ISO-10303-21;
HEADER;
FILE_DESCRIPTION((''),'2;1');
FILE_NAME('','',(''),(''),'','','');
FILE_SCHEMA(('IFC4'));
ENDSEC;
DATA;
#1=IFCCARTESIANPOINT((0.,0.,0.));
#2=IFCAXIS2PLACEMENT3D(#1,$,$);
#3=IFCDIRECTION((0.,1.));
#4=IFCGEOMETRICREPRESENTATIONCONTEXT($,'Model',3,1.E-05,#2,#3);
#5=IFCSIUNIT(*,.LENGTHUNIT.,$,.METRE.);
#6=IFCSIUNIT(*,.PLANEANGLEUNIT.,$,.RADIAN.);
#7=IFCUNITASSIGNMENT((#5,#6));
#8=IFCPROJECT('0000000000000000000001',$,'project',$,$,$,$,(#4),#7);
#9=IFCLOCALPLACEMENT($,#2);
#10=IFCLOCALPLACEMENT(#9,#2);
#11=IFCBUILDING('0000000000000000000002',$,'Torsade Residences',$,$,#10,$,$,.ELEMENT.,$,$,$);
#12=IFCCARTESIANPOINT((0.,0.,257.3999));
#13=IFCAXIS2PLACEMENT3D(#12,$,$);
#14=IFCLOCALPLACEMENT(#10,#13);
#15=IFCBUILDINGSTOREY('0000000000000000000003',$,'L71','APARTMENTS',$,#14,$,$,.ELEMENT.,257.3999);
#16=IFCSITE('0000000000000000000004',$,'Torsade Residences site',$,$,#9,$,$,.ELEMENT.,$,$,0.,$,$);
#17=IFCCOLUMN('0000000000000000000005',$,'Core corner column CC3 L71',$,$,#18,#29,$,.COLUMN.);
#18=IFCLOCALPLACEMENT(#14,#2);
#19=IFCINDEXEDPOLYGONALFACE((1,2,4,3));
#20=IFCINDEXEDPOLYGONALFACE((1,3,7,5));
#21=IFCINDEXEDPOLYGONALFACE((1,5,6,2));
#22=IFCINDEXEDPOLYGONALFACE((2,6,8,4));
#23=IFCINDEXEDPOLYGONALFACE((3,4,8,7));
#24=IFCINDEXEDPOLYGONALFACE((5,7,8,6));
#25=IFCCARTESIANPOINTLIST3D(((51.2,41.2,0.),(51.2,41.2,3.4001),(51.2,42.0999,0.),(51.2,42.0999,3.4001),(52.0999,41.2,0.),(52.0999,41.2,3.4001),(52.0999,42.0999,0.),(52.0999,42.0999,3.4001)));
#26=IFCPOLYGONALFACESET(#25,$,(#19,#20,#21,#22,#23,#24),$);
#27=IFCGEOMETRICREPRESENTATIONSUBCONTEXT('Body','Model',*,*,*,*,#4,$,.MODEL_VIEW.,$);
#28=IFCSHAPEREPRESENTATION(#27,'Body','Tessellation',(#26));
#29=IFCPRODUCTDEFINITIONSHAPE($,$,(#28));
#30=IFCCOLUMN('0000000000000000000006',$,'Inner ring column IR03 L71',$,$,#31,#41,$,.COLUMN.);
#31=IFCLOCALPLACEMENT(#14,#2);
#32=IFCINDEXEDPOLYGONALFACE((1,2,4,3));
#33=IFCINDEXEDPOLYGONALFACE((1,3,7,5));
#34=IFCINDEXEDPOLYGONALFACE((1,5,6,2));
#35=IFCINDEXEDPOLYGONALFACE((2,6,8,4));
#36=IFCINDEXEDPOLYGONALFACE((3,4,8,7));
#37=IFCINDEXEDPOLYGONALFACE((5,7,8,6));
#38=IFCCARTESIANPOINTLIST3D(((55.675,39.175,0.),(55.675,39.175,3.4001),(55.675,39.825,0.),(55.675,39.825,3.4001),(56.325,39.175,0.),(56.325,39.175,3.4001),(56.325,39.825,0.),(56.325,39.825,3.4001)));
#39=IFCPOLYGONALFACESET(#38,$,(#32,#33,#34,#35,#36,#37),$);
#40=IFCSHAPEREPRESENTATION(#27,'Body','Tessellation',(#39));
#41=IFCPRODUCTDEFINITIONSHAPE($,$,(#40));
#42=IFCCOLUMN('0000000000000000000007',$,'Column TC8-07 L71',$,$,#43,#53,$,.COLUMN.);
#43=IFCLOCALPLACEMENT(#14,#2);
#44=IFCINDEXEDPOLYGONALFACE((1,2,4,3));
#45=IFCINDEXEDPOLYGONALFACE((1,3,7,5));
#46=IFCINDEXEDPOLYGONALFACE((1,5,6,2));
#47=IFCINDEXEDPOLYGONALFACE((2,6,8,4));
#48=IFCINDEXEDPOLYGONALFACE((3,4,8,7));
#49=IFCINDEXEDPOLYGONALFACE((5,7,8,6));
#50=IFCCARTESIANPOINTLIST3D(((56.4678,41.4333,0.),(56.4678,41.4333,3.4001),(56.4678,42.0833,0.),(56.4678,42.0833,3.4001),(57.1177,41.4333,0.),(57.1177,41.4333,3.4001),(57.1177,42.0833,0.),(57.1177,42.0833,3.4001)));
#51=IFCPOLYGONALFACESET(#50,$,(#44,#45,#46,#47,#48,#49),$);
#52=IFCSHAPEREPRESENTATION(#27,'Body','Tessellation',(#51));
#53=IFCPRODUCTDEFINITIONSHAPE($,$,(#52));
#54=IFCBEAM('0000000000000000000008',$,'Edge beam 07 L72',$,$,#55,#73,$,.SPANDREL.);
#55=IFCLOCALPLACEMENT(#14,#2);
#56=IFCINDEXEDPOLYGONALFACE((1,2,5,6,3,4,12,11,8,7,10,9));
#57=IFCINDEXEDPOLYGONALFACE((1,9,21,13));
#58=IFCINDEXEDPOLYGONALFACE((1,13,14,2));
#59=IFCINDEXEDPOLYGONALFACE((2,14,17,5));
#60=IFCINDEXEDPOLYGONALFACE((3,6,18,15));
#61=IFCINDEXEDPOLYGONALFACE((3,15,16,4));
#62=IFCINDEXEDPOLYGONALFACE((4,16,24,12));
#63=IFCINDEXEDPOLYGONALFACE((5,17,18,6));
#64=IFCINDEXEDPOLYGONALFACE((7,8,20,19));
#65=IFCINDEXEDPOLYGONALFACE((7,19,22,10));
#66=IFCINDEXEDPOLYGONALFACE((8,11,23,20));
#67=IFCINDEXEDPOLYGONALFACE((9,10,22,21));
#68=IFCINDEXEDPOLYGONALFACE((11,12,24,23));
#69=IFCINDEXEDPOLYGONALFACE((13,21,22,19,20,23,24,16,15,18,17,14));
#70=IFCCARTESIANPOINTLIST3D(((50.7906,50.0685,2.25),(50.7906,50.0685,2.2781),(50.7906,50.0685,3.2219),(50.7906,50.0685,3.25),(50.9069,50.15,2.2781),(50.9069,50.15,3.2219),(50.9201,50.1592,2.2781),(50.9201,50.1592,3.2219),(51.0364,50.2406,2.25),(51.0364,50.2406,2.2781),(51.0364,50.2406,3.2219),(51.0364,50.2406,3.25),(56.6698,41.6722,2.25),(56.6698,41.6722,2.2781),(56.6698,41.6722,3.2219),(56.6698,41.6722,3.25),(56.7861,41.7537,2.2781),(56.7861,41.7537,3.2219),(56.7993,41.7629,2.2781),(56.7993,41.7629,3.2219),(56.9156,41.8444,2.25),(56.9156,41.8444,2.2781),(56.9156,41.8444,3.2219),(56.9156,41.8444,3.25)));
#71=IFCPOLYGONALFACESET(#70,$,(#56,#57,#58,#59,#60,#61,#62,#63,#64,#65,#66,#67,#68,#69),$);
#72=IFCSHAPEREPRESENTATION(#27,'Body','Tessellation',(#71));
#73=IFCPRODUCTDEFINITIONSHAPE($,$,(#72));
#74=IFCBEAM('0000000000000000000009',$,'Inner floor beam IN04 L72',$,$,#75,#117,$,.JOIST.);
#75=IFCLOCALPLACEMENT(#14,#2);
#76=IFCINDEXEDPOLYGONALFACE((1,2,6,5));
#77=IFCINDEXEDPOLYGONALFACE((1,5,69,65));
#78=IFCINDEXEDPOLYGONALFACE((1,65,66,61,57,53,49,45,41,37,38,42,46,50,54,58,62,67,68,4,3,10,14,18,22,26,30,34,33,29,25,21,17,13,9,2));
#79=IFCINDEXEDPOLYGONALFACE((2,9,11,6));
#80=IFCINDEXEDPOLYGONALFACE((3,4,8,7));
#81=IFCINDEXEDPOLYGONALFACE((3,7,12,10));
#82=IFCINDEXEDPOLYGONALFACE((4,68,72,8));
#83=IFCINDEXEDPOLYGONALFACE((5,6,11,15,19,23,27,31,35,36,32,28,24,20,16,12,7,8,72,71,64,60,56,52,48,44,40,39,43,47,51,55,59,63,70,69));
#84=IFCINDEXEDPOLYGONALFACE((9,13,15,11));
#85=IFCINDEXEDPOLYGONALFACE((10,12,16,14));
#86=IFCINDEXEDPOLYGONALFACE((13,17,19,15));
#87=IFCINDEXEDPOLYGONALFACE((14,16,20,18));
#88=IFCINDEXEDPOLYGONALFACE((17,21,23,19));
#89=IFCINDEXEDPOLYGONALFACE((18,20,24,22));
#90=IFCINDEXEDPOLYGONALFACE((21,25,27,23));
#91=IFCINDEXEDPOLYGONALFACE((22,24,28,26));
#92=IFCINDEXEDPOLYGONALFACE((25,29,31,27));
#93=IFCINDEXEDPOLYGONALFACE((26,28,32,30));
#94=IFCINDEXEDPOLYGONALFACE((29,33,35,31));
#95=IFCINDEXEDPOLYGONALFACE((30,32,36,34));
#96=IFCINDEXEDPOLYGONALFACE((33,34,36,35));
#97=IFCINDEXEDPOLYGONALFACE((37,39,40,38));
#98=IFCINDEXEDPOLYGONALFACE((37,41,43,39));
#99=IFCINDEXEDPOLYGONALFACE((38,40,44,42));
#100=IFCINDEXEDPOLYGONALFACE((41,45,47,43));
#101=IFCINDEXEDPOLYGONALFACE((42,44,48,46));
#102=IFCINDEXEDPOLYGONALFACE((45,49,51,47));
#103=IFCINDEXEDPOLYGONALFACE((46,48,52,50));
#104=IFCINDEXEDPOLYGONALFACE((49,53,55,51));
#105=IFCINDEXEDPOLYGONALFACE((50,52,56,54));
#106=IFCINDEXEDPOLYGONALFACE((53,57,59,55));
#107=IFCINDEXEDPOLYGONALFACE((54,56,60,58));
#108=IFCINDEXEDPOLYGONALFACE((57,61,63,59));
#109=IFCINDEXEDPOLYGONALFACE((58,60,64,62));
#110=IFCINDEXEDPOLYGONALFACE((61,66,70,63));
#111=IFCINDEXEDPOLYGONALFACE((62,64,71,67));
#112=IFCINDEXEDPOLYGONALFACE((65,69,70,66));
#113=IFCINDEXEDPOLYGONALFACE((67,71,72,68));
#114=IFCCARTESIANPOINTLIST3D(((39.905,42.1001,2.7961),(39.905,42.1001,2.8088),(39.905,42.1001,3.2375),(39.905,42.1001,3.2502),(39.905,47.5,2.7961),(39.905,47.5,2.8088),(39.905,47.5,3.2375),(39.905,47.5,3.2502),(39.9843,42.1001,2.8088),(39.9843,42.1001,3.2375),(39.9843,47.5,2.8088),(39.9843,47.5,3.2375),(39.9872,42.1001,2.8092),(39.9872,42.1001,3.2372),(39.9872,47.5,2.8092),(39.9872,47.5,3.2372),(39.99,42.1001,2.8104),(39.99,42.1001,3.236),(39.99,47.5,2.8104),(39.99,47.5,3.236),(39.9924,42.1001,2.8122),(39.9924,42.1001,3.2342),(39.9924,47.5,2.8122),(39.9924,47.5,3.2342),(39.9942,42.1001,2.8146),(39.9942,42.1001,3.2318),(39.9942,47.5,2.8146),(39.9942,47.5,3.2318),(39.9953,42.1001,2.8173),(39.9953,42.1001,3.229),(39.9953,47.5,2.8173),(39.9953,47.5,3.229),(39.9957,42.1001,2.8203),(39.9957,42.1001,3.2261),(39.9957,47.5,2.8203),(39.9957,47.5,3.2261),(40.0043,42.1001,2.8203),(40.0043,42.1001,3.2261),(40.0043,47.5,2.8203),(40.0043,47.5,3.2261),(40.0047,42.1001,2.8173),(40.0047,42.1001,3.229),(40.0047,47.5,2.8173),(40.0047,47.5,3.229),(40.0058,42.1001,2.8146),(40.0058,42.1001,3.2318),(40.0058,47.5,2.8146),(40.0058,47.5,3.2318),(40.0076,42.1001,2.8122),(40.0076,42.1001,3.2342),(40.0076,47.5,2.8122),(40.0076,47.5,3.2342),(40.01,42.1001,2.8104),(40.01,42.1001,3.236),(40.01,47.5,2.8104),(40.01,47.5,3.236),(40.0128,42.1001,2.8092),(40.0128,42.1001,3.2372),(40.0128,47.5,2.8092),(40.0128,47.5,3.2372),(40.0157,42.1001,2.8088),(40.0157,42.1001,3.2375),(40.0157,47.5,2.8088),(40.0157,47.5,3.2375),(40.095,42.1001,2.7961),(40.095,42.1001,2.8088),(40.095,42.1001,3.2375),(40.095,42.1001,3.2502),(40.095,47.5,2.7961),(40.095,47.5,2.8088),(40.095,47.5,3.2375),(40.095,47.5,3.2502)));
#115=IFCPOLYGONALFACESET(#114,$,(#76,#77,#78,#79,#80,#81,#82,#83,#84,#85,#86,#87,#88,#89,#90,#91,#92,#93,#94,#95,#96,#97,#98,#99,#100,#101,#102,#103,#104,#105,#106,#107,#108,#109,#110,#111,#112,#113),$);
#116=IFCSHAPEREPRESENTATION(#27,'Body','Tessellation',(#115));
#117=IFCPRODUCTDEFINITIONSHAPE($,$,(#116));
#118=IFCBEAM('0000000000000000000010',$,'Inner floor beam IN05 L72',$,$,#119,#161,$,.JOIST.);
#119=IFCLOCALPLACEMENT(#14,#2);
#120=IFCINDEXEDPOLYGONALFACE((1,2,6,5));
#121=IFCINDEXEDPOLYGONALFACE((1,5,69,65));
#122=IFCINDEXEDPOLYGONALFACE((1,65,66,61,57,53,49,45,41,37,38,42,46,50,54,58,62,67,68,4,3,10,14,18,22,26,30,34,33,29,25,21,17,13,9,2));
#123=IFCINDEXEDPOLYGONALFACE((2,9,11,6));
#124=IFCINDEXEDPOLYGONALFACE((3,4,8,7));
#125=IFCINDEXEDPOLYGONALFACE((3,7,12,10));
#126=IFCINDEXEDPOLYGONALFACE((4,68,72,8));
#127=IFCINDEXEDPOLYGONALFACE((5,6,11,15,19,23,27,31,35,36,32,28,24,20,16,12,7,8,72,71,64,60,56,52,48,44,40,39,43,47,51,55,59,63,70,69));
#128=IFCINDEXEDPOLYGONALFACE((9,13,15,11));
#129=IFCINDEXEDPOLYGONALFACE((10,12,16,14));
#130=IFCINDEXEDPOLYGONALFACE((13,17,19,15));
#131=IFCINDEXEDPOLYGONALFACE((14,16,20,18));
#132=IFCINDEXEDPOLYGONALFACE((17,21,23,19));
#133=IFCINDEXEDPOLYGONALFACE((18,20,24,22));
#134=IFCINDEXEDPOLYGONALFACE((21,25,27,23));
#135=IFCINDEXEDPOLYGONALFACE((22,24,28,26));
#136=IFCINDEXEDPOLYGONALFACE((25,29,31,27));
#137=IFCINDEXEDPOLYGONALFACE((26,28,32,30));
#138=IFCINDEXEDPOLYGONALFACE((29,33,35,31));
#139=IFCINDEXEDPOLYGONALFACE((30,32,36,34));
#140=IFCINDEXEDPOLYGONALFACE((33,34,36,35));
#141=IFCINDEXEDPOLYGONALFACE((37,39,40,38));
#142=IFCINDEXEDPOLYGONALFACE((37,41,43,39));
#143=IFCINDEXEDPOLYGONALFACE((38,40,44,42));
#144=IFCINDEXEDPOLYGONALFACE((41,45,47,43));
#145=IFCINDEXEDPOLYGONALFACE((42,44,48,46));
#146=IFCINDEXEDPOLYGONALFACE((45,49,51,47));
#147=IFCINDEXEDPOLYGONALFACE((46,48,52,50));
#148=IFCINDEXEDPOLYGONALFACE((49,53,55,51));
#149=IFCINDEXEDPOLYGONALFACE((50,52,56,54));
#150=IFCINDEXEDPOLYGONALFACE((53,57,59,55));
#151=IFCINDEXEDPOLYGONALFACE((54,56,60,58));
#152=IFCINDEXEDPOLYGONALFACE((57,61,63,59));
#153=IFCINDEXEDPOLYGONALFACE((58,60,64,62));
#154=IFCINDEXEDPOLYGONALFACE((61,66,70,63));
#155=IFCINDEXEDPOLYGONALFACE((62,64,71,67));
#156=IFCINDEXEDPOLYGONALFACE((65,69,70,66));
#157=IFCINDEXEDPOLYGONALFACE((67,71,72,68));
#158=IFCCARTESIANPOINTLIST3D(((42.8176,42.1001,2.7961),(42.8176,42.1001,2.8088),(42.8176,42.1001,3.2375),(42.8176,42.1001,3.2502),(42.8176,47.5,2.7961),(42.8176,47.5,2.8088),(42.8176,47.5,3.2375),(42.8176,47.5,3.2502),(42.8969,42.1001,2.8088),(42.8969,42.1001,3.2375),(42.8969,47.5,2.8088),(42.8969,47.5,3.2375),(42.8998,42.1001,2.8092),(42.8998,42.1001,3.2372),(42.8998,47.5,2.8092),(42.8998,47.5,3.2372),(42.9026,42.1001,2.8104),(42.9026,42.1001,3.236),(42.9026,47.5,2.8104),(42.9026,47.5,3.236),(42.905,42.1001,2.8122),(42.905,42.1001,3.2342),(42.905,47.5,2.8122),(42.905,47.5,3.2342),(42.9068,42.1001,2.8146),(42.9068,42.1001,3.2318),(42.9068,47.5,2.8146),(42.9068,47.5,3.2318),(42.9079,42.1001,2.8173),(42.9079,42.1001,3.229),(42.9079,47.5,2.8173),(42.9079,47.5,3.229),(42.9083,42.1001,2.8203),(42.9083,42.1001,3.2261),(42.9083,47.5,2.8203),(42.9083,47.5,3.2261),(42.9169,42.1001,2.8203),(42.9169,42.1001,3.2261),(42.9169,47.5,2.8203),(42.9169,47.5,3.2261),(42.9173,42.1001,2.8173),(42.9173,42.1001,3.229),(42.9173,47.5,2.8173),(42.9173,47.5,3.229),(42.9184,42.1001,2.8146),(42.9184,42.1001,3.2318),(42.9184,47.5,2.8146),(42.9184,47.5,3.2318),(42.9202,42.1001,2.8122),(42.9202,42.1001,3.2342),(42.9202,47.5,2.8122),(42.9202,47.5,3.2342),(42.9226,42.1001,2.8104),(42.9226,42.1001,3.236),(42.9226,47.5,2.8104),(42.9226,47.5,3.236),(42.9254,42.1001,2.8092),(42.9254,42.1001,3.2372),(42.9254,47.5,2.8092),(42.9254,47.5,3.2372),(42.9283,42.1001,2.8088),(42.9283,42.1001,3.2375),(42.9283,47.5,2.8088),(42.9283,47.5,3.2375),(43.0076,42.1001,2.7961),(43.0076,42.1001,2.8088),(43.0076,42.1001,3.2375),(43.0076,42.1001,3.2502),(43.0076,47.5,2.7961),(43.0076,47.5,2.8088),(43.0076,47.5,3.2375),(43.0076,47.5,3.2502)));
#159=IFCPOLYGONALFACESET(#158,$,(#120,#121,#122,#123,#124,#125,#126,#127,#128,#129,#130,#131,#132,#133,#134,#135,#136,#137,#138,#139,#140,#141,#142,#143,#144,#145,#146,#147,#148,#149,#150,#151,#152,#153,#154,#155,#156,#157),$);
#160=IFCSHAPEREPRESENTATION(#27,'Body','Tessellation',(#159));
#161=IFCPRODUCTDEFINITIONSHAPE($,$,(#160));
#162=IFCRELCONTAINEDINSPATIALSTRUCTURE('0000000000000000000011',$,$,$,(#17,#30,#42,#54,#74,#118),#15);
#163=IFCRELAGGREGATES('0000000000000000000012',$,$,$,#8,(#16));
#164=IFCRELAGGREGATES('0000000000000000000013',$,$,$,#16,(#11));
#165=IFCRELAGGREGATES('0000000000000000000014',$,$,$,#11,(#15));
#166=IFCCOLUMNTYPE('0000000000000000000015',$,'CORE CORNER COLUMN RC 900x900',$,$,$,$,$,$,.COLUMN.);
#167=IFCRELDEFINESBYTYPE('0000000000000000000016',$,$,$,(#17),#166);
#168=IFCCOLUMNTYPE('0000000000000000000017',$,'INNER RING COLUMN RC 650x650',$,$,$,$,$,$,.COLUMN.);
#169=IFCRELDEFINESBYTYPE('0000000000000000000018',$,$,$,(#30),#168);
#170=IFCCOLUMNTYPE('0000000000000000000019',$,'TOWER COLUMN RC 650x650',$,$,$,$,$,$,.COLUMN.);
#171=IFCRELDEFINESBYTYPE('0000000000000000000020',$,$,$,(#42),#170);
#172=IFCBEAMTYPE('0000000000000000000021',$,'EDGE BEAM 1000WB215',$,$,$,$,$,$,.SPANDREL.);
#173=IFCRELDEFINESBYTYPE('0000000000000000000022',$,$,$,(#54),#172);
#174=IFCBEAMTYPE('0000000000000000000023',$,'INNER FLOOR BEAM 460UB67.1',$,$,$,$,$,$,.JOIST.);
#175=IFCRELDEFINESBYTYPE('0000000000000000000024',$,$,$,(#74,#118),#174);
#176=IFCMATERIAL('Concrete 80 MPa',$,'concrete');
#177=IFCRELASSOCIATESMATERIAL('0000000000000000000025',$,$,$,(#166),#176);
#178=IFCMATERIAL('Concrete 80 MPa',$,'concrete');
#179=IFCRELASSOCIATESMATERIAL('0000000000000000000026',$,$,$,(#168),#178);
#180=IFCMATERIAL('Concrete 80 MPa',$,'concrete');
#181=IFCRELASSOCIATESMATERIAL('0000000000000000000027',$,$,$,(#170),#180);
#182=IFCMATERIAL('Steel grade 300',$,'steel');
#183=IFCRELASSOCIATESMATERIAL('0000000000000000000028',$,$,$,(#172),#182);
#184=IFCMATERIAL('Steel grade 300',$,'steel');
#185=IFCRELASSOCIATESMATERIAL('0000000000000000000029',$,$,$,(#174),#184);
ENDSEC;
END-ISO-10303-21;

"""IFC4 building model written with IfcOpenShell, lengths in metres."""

from ifc_helpers import new_model, si_unit, direction, frame, origin, origin_2d, place, context, subcontext, project, spatial, rectangle, i_section, extrude, material, material_profile, profile_set, type_object, element, save


model = new_model("IFC4")

# Units and contexts
model_context = context("Model", 3, precision=1e-05, world=origin(), true_north=direction((0.0, 1.0)))
body_context = subcontext(model_context, "Body", "Model", "MODEL_VIEW")
ifc_project = project(units=[si_unit("LENGTHUNIT", "METRE"), si_unit("PLANEANGLEUNIT", "RADIAN")], contexts=[model_context])

# Site, building, storey
site_placement = place(None, origin())
site = spatial("IfcSite", under=ifc_project, at=site_placement, Name="Torsade Residences site", CompositionType="ELEMENT", RefElevation=0.0)
building_placement = place(site_placement, origin())
building = spatial("IfcBuilding", under=site, at=building_placement, Name="Torsade Residences", CompositionType="ELEMENT")
storey_placement = place(building_placement, frame((0.0, 0.0, 257.3999)))
storey = spatial("IfcBuildingStorey", under=building, at=storey_placement, Name="L71", Description="APARTMENTS", CompositionType="ELEMENT", Elevation=257.3999)

# Columns
ifc_material_1 = material(Name="Concrete 80 MPa", Category="concrete")
ifc_material_profile_1 = material_profile(ifc_material_1, rectangle(XDim=0.8999, YDim=0.8999, at=origin_2d()), Name="RC 900x900")
ifc_profile_set_1 = profile_set([ifc_material_profile_1], Name="Concrete 80 MPa")
column_type_1 = type_object("IfcColumnType", Name="CORE CORNER COLUMN RC 900x900", PredefinedType="COLUMN", material=ifc_profile_set_1)
column_1_placement = place(storey_placement, frame((51.6499, 41.6499, 0.0), z_axis=(0.0, 0.0, 1.0), x_axis=(1.0, 0.0, 0.0)))
element("IfcColumn", 1, at=column_1_placement, inside=storey, type_object=column_type_1, Name="Core corner column CC3 L71", PredefinedType="COLUMN", context=body_context, shape_type="SweptSolid", body=[
    extrude(rectangle(XDim=0.8999, YDim=0.8999, at=origin_2d()), origin(), (0.0, 0.0, 1.0), 3.4001),
])
ifc_material_2 = material(Name="Concrete 80 MPa", Category="concrete")
ifc_material_profile_2 = material_profile(ifc_material_2, rectangle(XDim=0.6499, YDim=0.6499, at=origin_2d()), Name="RC 650x650")
ifc_profile_set_2 = profile_set([ifc_material_profile_2], Name="Concrete 80 MPa")
column_type_2 = type_object("IfcColumnType", Name="INNER RING COLUMN RC 650x650", PredefinedType="COLUMN", material=ifc_profile_set_2)
column_2_placement = place(storey_placement, frame((56.0, 39.5, 0.0), z_axis=(0.0, 0.0, 1.0), x_axis=(1.0, 0.0, 0.0)))
element("IfcColumn", 2, at=column_2_placement, inside=storey, type_object=column_type_2, Name="Inner ring column IR03 L71", PredefinedType="COLUMN", context=body_context, shape_type="SweptSolid", body=[
    extrude(rectangle(XDim=0.6499, YDim=0.6499, at=origin_2d()), origin(), (0.0, 0.0, 1.0), 3.4001),
])
ifc_material_3 = material(Name="Concrete 80 MPa", Category="concrete")
ifc_material_profile_3 = material_profile(ifc_material_3, rectangle(XDim=0.6499, YDim=0.6499, at=origin_2d()), Name="RC 650x650")
ifc_profile_set_3 = profile_set([ifc_material_profile_3], Name="Concrete 80 MPa")
column_type_3 = type_object("IfcColumnType", Name="TOWER COLUMN RC 650x650", PredefinedType="COLUMN", material=ifc_profile_set_3)
column_3_placement = place(storey_placement, frame((56.7927, 41.7583, 0.0), z_axis=(0.0, 0.0, 1.0), x_axis=(1.0, 0.0, 0.0)))
element("IfcColumn", 3, at=column_3_placement, inside=storey, type_object=column_type_3, Name="Column TC8-07 L71", PredefinedType="COLUMN", context=body_context, shape_type="SweptSolid", body=[
    extrude(rectangle(XDim=0.6499, YDim=0.6499, at=origin_2d()), origin(), (0.0, 0.0, 1.0), 3.4001),
])

# Beams
ifc_material_4 = material(Name="Steel grade 300", Category="steel")
ifc_material_profile_4 = material_profile(ifc_material_4, i_section(OverallWidth=0.3, OverallDepth=1.0, WebThickness=0.0161, FlangeThickness=0.0281, at=origin_2d()), Name="1000WB215")
ifc_profile_set_4 = profile_set([ifc_material_profile_4], Name="Steel grade 300")
beam_type_1 = type_object("IfcBeamType", Name="EDGE BEAM 1000WB215", PredefinedType="SPANDREL", material=ifc_profile_set_4)
beam_1_placement = place(storey_placement, frame((56.7927, 41.7583, 2.75), z_axis=(-0.573579, 0.81915, 0.0), x_axis=(-0.81915, -0.573579, 0.0)))
element("IfcBeam", 4, at=beam_1_placement, inside=storey, type_object=beam_type_1, Name="Edge beam 07 L72", PredefinedType="SPANDREL", context=body_context, shape_type="SweptSolid", body=[
    extrude(i_section(OverallWidth=0.3, OverallDepth=1.0, WebThickness=0.0161, FlangeThickness=0.0281, at=origin_2d()), origin(), (0.0, 0.0, 1.0), 10.25),
])
ifc_material_5 = material(Name="Steel grade 300", Category="steel")
ifc_material_profile_5 = material_profile(ifc_material_5, i_section(OverallWidth=0.1899, OverallDepth=0.4541, WebThickness=0.0085, FlangeThickness=0.0127, FilletRadius=0.0115, at=origin_2d()), Name="460UB67.1")
ifc_profile_set_5 = profile_set([ifc_material_profile_5], Name="Steel grade 300")
beam_type_2 = type_object("IfcBeamType", Name="INNER FLOOR BEAM 460UB67.1", PredefinedType="JOIST", material=ifc_profile_set_5)
for number, where, z_axis, x_axis, name in (
    (5, (40.0, 42.1001, 3.0232), (0.0, 1.0, 0.0), (-1.0, 0.0, 0.0), "Inner floor beam IN04 L72"),
    (6, (42.9126, 42.1001, 3.0232), (0.0, 1.0, 0.0), (-1.0, 0.0, 0.0), "Inner floor beam IN05 L72"),
):
    element("IfcBeam", number, at=place(storey_placement, frame(where, z_axis=z_axis, x_axis=x_axis)), inside=storey, type_object=beam_type_2, Name=name, PredefinedType="JOIST", context=body_context, shape_type="SweptSolid", body=[
        extrude(i_section(OverallWidth=0.1899, OverallDepth=0.4541, WebThickness=0.0085, FlangeThickness=0.0127, FilletRadius=0.0115, at=origin_2d()), origin(), (0.0, 0.0, 1.0), 5.3999),
    ])

save(model, "model.ifc")
